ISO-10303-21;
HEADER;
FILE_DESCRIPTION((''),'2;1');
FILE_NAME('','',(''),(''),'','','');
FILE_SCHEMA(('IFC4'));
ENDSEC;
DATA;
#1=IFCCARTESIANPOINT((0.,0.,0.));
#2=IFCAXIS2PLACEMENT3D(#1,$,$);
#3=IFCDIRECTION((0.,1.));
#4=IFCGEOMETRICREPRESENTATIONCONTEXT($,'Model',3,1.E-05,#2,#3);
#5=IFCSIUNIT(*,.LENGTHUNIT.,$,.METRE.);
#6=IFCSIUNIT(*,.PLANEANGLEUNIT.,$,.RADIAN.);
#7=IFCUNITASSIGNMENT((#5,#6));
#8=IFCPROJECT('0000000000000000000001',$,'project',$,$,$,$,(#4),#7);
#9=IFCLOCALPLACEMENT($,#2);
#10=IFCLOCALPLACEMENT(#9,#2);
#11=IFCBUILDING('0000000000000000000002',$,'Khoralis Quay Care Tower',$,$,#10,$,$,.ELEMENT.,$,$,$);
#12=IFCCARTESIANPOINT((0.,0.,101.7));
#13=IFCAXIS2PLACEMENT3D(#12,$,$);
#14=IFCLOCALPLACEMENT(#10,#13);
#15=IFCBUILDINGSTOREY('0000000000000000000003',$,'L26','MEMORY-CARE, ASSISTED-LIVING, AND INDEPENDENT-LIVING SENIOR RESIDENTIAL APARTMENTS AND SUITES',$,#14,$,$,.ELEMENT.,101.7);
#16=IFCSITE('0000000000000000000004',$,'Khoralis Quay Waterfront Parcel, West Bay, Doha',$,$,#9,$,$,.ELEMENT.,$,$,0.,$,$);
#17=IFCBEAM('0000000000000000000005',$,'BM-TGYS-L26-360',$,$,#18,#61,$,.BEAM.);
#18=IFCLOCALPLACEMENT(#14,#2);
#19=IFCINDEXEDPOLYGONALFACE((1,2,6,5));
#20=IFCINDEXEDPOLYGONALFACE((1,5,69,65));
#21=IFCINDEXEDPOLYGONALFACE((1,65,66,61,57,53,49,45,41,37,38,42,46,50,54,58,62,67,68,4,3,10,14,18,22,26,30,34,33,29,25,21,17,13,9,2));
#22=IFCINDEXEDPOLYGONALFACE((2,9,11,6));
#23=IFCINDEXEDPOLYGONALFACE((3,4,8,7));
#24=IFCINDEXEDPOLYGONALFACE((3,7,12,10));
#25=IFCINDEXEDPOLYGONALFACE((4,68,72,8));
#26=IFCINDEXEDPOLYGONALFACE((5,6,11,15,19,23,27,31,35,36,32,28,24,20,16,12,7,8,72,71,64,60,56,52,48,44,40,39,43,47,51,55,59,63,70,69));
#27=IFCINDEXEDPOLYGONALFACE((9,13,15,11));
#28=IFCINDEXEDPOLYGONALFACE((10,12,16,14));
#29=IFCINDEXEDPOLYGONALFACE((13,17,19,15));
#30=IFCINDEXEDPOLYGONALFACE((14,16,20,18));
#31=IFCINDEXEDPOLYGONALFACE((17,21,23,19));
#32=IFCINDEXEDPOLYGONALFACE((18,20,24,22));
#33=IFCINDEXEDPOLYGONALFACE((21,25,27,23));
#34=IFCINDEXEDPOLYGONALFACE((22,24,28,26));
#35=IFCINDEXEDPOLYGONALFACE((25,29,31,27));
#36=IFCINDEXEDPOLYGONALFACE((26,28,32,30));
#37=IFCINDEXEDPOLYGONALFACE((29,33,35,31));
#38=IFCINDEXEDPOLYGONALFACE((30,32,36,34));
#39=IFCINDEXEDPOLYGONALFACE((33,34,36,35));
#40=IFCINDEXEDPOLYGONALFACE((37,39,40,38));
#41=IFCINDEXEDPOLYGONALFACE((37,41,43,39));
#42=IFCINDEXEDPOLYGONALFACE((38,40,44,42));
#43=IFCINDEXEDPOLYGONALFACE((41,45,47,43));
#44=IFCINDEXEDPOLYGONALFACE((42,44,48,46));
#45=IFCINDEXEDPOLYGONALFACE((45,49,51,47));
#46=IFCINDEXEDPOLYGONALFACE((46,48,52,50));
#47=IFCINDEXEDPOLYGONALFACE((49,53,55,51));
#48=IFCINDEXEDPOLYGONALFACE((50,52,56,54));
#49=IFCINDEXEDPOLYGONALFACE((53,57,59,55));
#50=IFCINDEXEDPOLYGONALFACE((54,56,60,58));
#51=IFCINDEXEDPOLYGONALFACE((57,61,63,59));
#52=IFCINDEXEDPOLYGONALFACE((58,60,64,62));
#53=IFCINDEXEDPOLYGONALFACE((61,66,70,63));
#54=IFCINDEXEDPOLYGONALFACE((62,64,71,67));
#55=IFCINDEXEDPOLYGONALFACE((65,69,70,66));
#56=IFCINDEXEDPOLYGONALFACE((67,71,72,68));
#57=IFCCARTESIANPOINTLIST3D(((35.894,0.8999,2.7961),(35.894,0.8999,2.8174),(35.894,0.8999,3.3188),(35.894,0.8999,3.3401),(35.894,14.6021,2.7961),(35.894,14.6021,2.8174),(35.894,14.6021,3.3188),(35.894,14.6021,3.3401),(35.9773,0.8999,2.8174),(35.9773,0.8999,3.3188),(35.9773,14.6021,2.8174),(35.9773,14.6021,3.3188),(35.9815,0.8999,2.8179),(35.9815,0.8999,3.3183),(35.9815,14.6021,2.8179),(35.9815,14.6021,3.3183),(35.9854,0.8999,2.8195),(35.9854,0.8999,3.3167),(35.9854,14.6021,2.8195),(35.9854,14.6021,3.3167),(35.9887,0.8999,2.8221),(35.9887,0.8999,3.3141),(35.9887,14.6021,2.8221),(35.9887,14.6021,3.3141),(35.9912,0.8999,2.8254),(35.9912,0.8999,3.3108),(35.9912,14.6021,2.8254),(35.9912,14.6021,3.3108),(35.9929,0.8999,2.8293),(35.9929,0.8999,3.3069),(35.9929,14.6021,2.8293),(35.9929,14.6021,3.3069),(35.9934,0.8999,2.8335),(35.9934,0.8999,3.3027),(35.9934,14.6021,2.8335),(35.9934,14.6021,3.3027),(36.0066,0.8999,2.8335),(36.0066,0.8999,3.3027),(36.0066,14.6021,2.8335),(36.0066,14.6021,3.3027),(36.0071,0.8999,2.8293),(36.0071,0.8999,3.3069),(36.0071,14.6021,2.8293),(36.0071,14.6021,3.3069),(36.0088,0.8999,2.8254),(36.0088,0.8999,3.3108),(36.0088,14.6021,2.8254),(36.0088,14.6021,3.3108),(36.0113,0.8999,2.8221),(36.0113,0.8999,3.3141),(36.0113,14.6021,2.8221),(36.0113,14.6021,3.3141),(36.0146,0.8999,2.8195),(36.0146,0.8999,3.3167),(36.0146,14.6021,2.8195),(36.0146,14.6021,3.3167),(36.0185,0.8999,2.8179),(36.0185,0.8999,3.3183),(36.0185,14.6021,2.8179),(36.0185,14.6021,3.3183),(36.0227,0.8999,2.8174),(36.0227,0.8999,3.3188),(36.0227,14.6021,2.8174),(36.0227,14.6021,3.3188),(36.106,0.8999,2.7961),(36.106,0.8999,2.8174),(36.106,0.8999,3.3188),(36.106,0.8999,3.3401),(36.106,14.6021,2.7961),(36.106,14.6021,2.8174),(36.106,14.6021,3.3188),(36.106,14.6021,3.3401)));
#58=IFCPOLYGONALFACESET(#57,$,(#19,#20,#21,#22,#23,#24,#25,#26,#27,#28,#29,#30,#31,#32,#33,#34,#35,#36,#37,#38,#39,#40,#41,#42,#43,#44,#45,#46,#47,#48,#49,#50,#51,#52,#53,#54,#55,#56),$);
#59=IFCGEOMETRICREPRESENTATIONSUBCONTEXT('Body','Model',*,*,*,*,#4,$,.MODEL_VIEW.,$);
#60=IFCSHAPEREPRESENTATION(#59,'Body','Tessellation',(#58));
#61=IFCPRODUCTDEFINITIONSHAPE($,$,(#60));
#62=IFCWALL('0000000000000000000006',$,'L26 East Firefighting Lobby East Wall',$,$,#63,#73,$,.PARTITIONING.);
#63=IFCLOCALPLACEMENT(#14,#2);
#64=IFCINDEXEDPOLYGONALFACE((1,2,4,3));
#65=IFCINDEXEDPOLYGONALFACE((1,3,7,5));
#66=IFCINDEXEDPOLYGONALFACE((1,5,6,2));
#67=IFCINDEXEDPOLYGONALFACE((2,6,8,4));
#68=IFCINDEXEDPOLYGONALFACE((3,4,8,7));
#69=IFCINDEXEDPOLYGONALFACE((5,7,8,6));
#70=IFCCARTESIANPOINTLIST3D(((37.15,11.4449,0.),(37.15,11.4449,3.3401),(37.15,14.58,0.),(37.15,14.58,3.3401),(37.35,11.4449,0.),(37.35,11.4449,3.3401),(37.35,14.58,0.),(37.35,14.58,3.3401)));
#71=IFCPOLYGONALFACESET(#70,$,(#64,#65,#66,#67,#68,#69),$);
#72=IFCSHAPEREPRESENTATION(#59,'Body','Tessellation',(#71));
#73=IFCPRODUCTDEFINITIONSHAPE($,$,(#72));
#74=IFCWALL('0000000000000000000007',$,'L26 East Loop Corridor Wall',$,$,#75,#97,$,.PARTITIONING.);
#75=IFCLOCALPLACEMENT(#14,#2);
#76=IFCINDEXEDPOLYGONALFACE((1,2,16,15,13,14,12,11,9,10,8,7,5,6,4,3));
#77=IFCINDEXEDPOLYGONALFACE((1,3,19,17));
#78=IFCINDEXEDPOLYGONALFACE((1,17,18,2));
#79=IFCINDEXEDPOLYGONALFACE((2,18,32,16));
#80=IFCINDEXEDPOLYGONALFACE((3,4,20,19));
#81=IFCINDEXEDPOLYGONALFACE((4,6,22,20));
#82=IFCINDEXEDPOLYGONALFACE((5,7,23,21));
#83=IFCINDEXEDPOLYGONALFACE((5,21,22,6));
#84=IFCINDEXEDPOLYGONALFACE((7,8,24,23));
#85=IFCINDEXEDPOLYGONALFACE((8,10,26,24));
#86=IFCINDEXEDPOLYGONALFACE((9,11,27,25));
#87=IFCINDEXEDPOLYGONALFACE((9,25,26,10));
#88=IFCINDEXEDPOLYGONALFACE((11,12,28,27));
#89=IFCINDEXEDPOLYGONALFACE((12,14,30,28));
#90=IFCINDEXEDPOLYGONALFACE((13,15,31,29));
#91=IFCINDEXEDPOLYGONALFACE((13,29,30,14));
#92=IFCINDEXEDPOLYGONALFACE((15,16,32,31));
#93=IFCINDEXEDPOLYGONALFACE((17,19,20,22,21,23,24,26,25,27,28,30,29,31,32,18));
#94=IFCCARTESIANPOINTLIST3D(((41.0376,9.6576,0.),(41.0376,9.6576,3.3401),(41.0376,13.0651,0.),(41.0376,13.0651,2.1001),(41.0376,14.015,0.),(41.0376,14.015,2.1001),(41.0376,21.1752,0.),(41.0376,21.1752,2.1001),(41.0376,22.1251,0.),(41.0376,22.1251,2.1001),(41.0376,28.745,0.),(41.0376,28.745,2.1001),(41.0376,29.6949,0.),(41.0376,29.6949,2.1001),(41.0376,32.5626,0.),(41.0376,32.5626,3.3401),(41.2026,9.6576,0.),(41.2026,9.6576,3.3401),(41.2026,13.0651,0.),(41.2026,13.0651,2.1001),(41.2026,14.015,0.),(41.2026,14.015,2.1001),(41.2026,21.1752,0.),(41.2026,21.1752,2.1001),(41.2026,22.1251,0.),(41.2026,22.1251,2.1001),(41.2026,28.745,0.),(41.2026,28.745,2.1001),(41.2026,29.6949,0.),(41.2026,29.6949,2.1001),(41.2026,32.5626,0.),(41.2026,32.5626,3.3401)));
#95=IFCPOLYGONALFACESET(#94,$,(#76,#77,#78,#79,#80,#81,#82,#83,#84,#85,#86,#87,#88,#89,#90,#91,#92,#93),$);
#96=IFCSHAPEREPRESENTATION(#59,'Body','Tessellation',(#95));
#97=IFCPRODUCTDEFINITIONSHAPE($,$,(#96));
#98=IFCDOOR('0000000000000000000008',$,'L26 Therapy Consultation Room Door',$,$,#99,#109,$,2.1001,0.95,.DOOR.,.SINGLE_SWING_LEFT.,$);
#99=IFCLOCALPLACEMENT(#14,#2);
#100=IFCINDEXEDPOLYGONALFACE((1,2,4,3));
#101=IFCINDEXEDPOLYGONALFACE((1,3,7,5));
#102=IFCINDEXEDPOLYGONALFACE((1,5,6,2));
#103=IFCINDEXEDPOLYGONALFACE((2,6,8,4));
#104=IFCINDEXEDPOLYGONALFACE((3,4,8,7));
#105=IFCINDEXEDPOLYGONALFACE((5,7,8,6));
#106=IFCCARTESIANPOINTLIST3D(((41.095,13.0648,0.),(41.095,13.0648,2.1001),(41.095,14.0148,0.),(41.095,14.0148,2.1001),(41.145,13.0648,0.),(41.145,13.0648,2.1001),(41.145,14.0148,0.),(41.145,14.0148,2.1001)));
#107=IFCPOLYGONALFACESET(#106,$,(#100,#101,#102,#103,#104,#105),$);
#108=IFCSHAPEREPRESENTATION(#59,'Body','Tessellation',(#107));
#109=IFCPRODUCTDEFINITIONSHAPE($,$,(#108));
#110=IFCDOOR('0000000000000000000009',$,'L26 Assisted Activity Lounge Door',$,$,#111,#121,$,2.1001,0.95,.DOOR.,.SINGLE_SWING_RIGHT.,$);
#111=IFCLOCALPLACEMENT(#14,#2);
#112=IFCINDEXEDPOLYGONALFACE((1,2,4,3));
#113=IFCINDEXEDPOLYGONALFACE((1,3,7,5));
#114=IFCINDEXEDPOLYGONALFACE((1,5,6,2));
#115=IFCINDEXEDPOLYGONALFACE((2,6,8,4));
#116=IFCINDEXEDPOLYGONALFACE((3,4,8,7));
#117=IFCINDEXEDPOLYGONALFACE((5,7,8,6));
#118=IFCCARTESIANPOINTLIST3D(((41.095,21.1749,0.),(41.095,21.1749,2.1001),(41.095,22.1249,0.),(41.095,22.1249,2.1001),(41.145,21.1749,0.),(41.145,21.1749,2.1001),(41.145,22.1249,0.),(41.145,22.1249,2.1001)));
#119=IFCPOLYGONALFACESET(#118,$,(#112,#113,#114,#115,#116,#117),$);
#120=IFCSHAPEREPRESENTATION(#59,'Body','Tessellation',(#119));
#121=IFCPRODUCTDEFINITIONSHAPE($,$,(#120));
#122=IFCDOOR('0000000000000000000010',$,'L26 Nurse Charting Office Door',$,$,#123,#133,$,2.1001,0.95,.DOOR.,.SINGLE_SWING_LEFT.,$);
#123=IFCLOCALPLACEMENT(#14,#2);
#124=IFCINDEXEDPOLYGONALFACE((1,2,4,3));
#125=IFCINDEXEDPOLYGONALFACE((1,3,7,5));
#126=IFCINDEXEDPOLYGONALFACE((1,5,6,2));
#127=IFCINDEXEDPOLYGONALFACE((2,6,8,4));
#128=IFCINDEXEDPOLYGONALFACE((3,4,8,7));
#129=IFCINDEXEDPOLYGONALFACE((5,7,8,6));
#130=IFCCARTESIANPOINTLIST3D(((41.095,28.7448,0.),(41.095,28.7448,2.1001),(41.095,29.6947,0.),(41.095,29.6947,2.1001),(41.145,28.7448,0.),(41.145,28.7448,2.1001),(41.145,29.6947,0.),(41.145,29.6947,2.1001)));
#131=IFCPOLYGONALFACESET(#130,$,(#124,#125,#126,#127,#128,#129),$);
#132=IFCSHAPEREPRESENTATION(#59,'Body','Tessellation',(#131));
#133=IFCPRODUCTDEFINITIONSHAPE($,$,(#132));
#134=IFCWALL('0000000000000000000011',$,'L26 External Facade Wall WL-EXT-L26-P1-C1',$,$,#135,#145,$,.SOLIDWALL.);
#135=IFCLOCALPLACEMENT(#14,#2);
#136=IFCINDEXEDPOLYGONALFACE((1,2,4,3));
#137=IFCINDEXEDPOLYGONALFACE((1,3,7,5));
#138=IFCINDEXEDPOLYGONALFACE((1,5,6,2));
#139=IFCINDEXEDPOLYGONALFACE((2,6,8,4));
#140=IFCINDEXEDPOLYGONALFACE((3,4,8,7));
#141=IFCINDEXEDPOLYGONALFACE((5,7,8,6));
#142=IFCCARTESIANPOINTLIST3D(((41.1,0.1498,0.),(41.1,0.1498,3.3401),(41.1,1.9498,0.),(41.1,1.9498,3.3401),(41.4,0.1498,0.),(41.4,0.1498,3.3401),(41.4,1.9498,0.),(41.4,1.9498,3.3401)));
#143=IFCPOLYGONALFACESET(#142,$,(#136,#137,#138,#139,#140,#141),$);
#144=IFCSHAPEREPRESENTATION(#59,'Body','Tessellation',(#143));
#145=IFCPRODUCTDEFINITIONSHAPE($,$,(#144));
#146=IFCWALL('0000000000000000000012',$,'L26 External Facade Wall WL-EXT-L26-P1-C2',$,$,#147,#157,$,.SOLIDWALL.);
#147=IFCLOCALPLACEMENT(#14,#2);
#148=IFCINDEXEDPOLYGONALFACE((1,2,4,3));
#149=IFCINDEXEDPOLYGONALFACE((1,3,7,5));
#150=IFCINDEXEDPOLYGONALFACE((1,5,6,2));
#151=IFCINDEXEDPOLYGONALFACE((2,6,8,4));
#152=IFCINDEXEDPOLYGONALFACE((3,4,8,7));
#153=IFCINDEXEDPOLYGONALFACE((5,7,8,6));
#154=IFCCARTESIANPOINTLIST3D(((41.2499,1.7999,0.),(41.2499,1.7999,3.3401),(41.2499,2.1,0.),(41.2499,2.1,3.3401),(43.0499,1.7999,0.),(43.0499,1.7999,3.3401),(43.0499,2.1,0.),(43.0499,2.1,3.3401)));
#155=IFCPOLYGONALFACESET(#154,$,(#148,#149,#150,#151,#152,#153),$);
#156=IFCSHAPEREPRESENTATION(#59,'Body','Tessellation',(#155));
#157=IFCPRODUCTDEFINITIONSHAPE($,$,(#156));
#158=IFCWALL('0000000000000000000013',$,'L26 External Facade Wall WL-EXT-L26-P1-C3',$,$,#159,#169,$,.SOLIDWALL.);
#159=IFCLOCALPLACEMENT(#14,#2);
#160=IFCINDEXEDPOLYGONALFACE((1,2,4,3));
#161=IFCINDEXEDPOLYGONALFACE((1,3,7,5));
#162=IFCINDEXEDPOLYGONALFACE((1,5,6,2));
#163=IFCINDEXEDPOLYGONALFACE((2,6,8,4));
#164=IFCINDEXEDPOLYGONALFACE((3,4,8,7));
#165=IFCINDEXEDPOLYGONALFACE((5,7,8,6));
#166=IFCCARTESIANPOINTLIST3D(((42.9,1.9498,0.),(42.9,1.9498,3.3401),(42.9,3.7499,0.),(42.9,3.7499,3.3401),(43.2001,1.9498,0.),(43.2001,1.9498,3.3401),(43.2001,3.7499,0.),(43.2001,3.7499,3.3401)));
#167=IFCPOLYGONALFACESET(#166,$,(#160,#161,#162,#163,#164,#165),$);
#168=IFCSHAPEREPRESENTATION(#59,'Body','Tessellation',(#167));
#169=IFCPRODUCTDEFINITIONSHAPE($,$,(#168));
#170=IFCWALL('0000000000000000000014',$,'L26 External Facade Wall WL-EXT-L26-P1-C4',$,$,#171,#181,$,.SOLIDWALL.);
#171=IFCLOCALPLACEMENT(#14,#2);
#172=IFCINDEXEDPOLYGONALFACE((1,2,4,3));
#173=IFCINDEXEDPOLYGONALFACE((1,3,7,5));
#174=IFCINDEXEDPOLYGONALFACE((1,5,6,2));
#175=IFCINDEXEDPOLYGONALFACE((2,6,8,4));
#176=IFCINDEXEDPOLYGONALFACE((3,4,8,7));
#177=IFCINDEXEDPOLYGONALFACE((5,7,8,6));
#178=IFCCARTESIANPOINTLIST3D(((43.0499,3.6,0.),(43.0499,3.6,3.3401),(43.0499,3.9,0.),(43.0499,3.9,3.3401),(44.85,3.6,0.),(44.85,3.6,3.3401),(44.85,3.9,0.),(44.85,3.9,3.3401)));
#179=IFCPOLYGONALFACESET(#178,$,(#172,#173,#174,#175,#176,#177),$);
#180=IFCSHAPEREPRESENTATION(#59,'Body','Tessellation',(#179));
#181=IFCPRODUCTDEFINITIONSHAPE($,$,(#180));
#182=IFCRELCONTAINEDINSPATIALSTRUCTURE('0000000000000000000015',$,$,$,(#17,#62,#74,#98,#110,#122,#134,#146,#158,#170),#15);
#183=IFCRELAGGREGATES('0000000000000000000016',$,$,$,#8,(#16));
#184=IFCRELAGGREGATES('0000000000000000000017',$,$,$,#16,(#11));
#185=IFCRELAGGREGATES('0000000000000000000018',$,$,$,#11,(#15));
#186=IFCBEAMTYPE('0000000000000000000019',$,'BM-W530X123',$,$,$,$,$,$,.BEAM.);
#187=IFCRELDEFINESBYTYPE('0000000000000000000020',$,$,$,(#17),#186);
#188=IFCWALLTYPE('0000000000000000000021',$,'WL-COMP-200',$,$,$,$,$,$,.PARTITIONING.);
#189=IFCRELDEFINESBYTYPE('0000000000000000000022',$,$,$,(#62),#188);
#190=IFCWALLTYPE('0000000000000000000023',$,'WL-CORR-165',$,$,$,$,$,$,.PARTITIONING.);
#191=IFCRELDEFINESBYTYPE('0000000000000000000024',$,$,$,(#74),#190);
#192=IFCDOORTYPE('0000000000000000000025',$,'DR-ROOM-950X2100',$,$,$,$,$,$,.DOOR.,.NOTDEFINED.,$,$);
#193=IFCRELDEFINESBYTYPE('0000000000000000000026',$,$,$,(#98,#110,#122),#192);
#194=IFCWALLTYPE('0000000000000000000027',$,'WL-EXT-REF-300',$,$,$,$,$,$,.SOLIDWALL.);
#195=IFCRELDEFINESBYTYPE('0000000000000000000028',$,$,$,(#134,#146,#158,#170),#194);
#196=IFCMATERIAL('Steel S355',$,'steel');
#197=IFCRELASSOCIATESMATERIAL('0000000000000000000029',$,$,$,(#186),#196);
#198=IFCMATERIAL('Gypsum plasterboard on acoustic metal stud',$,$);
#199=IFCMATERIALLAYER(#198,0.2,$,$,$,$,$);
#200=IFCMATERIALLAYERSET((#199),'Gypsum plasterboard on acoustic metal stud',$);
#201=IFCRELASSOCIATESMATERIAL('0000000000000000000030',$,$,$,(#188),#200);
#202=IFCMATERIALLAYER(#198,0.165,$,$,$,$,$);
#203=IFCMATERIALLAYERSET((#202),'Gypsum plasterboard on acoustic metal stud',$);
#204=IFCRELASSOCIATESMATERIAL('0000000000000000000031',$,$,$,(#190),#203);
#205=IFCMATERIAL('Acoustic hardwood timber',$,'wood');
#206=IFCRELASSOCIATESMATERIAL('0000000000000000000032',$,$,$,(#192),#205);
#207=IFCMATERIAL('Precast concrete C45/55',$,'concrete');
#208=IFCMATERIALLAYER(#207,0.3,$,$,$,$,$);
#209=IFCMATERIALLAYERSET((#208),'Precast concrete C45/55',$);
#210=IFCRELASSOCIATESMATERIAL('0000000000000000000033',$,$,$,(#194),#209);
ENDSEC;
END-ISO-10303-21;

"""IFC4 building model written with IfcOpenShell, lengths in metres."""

from ifc_helpers import new_model, si_unit, direction, frame, frame_2d, origin, origin_2d, place, context, subcontext, project, spatial, rectangle, i_section, extrude, source, transform, mapped, material, layer, layer_set, material_profile, profile_set, type_object, element, fill, save


model = new_model("IFC4")

# Units and contexts
model_context = context("Model", 3, precision=1e-05, world=origin(), true_north=direction((0.0, 1.0)))
body_context = subcontext(model_context, "Body", "Model", "MODEL_VIEW")
ifc_project = project(units=[si_unit("LENGTHUNIT", "METRE"), si_unit("PLANEANGLEUNIT", "RADIAN")], contexts=[model_context])

# Site, building, storey
site_placement = place(None, origin())
site = spatial("IfcSite", under=ifc_project, at=site_placement, Name="Khoralis Quay Waterfront Parcel, West Bay, Doha", CompositionType="ELEMENT", RefElevation=0.0)
building_placement = place(site_placement, origin())
building = spatial("IfcBuilding", under=site, at=building_placement, Name="Khoralis Quay Care Tower", CompositionType="ELEMENT")
storey_placement = place(building_placement, frame((0.0, 0.0, 101.7)))
storey = spatial("IfcBuildingStorey", under=building, at=storey_placement, Name="L26", Description="MEMORY-CARE, ASSISTED-LIVING, AND INDEPENDENT-LIVING SENIOR RESIDENTIAL APARTMENTS AND SUITES", CompositionType="ELEMENT", Elevation=101.7)

# Beam
ifc_material_1 = material(Name="Steel S355", Category="steel")
ifc_material_profile_1 = material_profile(ifc_material_1, i_section(OverallWidth=0.2119, OverallDepth=0.5439, WebThickness=0.0132, FlangeThickness=0.0212, FilletRadius=0.0161, at=origin_2d()), Name="Steel S355")
ifc_profile_set_1 = profile_set([ifc_material_profile_1], Name="Steel S355")
beam_type_1 = type_object("IfcBeamType", Name="BM-W530X123", PredefinedType="BEAM", material=ifc_profile_set_1)
shared_shape_1 = source(origin(), body_context, "Body", "SweptSolid", [
    extrude(i_section(OverallWidth=0.2119, OverallDepth=0.5439, WebThickness=0.0132, FlangeThickness=0.0212, FilletRadius=0.0161, at=origin_2d()), origin(), (0.0, 0.0, 1.0), 13.7021),
])
beam_1_placement = place(storey_placement, frame((36.0, 0.8999, 3.0681), z_axis=(0.0, 1.0, 0.0), x_axis=(-1.0, 0.0, 0.0)))
element("IfcBeam", 1, at=beam_1_placement, inside=storey, type_object=beam_type_1, Name="BM-TGYS-L26-360", PredefinedType="BEAM", context=body_context, shape_type="MappedRepresentation", body=[
    mapped(shared_shape_1, transform((0.0, 0.0, 0.0), scale=1.0)),
])

# Wall
ifc_material_2 = material(Name="Gypsum plasterboard on acoustic metal stud")
ifc_layer_1 = layer(ifc_material_2, 0.2)
ifc_layer_set_1 = layer_set([ifc_layer_1], Name="Gypsum plasterboard on acoustic metal stud")
wall_type_1 = type_object("IfcWallType", Name="WL-COMP-200", PredefinedType="PARTITIONING", material=ifc_layer_set_1)
wall_1_placement = place(storey_placement, frame((37.25, 11.4451, 0.0), z_axis=(0.0, 0.0, 1.0), x_axis=(0.0, 1.0, 0.0)))
element("IfcWall", 2, at=wall_1_placement, inside=storey, type_object=wall_type_1, Name="L26 East Firefighting Lobby East Wall", PredefinedType="PARTITIONING", context=body_context, shape_type="SweptSolid", body=[
    extrude(rectangle(XDim=3.135, YDim=0.2, at=frame_2d((1.5674, 0.0))), origin(), (0.0, 0.0, 1.0), 3.3401),
])

# Wall, openings, doors
ifc_layer_2 = layer(ifc_material_2, 0.165)
ifc_layer_set_2 = layer_set([ifc_layer_2], Name="Gypsum plasterboard on acoustic metal stud")
wall_type_2 = type_object("IfcWallType", Name="WL-CORR-165", PredefinedType="PARTITIONING", material=ifc_layer_set_2)
wall_2_placement = place(storey_placement, frame((41.1201, 9.6575, 0.0), z_axis=(0.0, 0.0, 1.0), x_axis=(0.0, 1.0, 0.0)))
wall_2 = element("IfcWall", 3, at=wall_2_placement, inside=storey, type_object=wall_type_2, Name="L26 East Loop Corridor Wall", PredefinedType="PARTITIONING", context=body_context, shape_type="SweptSolid", body=[
    extrude(rectangle(XDim=22.905, YDim=0.165, at=frame_2d((11.4526, 0.0))), origin(), (0.0, 0.0, 1.0), 3.3401),
])
opening_1_placement = place(wall_2_placement, frame((3.4075, 0.0, 0.0)))
opening_1 = element("IfcOpeningElement", 4, at=opening_1_placement, cuts=wall_2, PredefinedType="OPENING", context=body_context, shape_type="SweptSolid", body=[
    extrude(rectangle(XDim=0.95, YDim=2.1001, at=frame_2d((0.4751, 1.05))), frame((0.0, 0.0925, 0.0), z_axis=(0.0, -1.0, 0.0), x_axis=(1.0, 0.0, 0.0)), (0.0, 0.0, 1.0), 0.1851),
])
opening_2_placement = place(wall_2_placement, frame((11.5176, 0.0, 0.0)))
opening_2 = element("IfcOpeningElement", 5, at=opening_2_placement, cuts=wall_2, PredefinedType="OPENING", context=body_context, shape_type="SweptSolid", body=[
    extrude(rectangle(XDim=0.95, YDim=2.1001, at=frame_2d((0.4751, 1.05))), frame((0.0, 0.0925, 0.0), z_axis=(0.0, -1.0, 0.0), x_axis=(1.0, 0.0, 0.0)), (0.0, 0.0, 1.0), 0.1851),
])
opening_3_placement = place(wall_2_placement, frame((19.0874, 0.0, 0.0)))
opening_3 = element("IfcOpeningElement", 6, at=opening_3_placement, cuts=wall_2, PredefinedType="OPENING", context=body_context, shape_type="SweptSolid", body=[
    extrude(rectangle(XDim=0.95, YDim=2.1001, at=frame_2d((0.4751, 1.05))), frame((0.0, 0.0925, 0.0), z_axis=(0.0, -1.0, 0.0), x_axis=(1.0, 0.0, 0.0)), (0.0, 0.0, 1.0), 0.1851),
])
ifc_material_3 = material(Name="Acoustic hardwood timber", Category="wood")
door_type_1 = type_object("IfcDoorType", Name="DR-ROOM-950X2100", OperationType="NOTDEFINED", PredefinedType="DOOR", material=ifc_material_3)
shared_shape_2 = source(origin(), body_context, "Body", "SweptSolid", [
    extrude(rectangle(XDim=0.95, YDim=2.1001, at=frame_2d((0.4751, 1.05))), frame((0.0, 0.0249, 0.0), z_axis=(0.0, -1.0, 0.0), x_axis=(1.0, 0.0, 0.0)), (0.0, 0.0, 1.0), 0.05),
])
door_1_placement = place(opening_1_placement, frame((0.95, 0.0, 0.0), z_axis=(0.0, 0.0, 1.0), x_axis=(-1.0, 0.0, 0.0)))
door_1 = element("IfcDoor", 7, at=door_1_placement, inside=storey, type_object=door_type_1, Name="L26 Therapy Consultation Room Door", OperationType="SINGLE_SWING_LEFT", OverallHeight=2.1001, OverallWidth=0.95, PredefinedType="DOOR", context=body_context, shape_type="MappedRepresentation", body=[
    mapped(shared_shape_2, transform((0.0, 0.0, 0.0), scale=1.0)),
])
fill(opening_1, door_1)
door_2_placement = place(opening_2_placement, frame((0.95, 0.0, 0.0), z_axis=(0.0, 0.0, 1.0), x_axis=(-1.0, 0.0, 0.0)))
door_2 = element("IfcDoor", 8, at=door_2_placement, inside=storey, type_object=door_type_1, Name="L26 Assisted Activity Lounge Door", OperationType="SINGLE_SWING_RIGHT", OverallHeight=2.1001, OverallWidth=0.95, PredefinedType="DOOR", context=body_context, shape_type="MappedRepresentation", body=[
    mapped(shared_shape_2, transform((0.0, 0.0, 0.0), scale=1.0)),
])
fill(opening_2, door_2)
door_3_placement = place(opening_3_placement, frame((0.95, 0.0, 0.0), z_axis=(0.0, 0.0, 1.0), x_axis=(-1.0, 0.0, 0.0)))
door_3 = element("IfcDoor", 9, at=door_3_placement, inside=storey, type_object=door_type_1, Name="L26 Nurse Charting Office Door", OperationType="SINGLE_SWING_LEFT", OverallHeight=2.1001, OverallWidth=0.95, PredefinedType="DOOR", context=body_context, shape_type="MappedRepresentation", body=[
    mapped(shared_shape_2, transform((0.0, 0.0, 0.0), scale=1.0)),
])
fill(opening_3, door_3)

# Walls
ifc_material_4 = material(Name="Precast concrete C45/55", Category="concrete")
ifc_layer_3 = layer(ifc_material_4, 0.3)
ifc_layer_set_3 = layer_set([ifc_layer_3], Name="Precast concrete C45/55")
wall_type_3 = type_object("IfcWallType", Name="WL-EXT-REF-300", PredefinedType="SOLIDWALL", material=ifc_layer_set_3)
for number, where, z_axis, x_axis, name in (
    (10, (41.25, 0.1499, 0.0), (0.0, 0.0, 1.0), (0.0, 1.0, 0.0), "L26 External Facade Wall WL-EXT-L26-P1-C1"),
    (11, (41.25, 1.95, 0.0), (0.0, 0.0, 1.0), (1.0, 0.0, 0.0), "L26 External Facade Wall WL-EXT-L26-P1-C2"),
    (12, (43.05, 1.95, 0.0), (0.0, 0.0, 1.0), (0.0, 1.0, 0.0), "L26 External Facade Wall WL-EXT-L26-P1-C3"),
    (13, (43.05, 3.75, 0.0), (0.0, 0.0, 1.0), (1.0, 0.0, 0.0), "L26 External Facade Wall WL-EXT-L26-P1-C4"),
):
    element("IfcWall", number, at=place(storey_placement, frame(where, z_axis=z_axis, x_axis=x_axis)), inside=storey, type_object=wall_type_3, Name=name, PredefinedType="SOLIDWALL", context=body_context, shape_type="SweptSolid", body=[
        extrude(rectangle(XDim=1.8, YDim=0.3, at=frame_2d((0.8999, 0.0))), origin(), (0.0, 0.0, 1.0), 3.3401),
    ])

save(model, "model.ifc")
